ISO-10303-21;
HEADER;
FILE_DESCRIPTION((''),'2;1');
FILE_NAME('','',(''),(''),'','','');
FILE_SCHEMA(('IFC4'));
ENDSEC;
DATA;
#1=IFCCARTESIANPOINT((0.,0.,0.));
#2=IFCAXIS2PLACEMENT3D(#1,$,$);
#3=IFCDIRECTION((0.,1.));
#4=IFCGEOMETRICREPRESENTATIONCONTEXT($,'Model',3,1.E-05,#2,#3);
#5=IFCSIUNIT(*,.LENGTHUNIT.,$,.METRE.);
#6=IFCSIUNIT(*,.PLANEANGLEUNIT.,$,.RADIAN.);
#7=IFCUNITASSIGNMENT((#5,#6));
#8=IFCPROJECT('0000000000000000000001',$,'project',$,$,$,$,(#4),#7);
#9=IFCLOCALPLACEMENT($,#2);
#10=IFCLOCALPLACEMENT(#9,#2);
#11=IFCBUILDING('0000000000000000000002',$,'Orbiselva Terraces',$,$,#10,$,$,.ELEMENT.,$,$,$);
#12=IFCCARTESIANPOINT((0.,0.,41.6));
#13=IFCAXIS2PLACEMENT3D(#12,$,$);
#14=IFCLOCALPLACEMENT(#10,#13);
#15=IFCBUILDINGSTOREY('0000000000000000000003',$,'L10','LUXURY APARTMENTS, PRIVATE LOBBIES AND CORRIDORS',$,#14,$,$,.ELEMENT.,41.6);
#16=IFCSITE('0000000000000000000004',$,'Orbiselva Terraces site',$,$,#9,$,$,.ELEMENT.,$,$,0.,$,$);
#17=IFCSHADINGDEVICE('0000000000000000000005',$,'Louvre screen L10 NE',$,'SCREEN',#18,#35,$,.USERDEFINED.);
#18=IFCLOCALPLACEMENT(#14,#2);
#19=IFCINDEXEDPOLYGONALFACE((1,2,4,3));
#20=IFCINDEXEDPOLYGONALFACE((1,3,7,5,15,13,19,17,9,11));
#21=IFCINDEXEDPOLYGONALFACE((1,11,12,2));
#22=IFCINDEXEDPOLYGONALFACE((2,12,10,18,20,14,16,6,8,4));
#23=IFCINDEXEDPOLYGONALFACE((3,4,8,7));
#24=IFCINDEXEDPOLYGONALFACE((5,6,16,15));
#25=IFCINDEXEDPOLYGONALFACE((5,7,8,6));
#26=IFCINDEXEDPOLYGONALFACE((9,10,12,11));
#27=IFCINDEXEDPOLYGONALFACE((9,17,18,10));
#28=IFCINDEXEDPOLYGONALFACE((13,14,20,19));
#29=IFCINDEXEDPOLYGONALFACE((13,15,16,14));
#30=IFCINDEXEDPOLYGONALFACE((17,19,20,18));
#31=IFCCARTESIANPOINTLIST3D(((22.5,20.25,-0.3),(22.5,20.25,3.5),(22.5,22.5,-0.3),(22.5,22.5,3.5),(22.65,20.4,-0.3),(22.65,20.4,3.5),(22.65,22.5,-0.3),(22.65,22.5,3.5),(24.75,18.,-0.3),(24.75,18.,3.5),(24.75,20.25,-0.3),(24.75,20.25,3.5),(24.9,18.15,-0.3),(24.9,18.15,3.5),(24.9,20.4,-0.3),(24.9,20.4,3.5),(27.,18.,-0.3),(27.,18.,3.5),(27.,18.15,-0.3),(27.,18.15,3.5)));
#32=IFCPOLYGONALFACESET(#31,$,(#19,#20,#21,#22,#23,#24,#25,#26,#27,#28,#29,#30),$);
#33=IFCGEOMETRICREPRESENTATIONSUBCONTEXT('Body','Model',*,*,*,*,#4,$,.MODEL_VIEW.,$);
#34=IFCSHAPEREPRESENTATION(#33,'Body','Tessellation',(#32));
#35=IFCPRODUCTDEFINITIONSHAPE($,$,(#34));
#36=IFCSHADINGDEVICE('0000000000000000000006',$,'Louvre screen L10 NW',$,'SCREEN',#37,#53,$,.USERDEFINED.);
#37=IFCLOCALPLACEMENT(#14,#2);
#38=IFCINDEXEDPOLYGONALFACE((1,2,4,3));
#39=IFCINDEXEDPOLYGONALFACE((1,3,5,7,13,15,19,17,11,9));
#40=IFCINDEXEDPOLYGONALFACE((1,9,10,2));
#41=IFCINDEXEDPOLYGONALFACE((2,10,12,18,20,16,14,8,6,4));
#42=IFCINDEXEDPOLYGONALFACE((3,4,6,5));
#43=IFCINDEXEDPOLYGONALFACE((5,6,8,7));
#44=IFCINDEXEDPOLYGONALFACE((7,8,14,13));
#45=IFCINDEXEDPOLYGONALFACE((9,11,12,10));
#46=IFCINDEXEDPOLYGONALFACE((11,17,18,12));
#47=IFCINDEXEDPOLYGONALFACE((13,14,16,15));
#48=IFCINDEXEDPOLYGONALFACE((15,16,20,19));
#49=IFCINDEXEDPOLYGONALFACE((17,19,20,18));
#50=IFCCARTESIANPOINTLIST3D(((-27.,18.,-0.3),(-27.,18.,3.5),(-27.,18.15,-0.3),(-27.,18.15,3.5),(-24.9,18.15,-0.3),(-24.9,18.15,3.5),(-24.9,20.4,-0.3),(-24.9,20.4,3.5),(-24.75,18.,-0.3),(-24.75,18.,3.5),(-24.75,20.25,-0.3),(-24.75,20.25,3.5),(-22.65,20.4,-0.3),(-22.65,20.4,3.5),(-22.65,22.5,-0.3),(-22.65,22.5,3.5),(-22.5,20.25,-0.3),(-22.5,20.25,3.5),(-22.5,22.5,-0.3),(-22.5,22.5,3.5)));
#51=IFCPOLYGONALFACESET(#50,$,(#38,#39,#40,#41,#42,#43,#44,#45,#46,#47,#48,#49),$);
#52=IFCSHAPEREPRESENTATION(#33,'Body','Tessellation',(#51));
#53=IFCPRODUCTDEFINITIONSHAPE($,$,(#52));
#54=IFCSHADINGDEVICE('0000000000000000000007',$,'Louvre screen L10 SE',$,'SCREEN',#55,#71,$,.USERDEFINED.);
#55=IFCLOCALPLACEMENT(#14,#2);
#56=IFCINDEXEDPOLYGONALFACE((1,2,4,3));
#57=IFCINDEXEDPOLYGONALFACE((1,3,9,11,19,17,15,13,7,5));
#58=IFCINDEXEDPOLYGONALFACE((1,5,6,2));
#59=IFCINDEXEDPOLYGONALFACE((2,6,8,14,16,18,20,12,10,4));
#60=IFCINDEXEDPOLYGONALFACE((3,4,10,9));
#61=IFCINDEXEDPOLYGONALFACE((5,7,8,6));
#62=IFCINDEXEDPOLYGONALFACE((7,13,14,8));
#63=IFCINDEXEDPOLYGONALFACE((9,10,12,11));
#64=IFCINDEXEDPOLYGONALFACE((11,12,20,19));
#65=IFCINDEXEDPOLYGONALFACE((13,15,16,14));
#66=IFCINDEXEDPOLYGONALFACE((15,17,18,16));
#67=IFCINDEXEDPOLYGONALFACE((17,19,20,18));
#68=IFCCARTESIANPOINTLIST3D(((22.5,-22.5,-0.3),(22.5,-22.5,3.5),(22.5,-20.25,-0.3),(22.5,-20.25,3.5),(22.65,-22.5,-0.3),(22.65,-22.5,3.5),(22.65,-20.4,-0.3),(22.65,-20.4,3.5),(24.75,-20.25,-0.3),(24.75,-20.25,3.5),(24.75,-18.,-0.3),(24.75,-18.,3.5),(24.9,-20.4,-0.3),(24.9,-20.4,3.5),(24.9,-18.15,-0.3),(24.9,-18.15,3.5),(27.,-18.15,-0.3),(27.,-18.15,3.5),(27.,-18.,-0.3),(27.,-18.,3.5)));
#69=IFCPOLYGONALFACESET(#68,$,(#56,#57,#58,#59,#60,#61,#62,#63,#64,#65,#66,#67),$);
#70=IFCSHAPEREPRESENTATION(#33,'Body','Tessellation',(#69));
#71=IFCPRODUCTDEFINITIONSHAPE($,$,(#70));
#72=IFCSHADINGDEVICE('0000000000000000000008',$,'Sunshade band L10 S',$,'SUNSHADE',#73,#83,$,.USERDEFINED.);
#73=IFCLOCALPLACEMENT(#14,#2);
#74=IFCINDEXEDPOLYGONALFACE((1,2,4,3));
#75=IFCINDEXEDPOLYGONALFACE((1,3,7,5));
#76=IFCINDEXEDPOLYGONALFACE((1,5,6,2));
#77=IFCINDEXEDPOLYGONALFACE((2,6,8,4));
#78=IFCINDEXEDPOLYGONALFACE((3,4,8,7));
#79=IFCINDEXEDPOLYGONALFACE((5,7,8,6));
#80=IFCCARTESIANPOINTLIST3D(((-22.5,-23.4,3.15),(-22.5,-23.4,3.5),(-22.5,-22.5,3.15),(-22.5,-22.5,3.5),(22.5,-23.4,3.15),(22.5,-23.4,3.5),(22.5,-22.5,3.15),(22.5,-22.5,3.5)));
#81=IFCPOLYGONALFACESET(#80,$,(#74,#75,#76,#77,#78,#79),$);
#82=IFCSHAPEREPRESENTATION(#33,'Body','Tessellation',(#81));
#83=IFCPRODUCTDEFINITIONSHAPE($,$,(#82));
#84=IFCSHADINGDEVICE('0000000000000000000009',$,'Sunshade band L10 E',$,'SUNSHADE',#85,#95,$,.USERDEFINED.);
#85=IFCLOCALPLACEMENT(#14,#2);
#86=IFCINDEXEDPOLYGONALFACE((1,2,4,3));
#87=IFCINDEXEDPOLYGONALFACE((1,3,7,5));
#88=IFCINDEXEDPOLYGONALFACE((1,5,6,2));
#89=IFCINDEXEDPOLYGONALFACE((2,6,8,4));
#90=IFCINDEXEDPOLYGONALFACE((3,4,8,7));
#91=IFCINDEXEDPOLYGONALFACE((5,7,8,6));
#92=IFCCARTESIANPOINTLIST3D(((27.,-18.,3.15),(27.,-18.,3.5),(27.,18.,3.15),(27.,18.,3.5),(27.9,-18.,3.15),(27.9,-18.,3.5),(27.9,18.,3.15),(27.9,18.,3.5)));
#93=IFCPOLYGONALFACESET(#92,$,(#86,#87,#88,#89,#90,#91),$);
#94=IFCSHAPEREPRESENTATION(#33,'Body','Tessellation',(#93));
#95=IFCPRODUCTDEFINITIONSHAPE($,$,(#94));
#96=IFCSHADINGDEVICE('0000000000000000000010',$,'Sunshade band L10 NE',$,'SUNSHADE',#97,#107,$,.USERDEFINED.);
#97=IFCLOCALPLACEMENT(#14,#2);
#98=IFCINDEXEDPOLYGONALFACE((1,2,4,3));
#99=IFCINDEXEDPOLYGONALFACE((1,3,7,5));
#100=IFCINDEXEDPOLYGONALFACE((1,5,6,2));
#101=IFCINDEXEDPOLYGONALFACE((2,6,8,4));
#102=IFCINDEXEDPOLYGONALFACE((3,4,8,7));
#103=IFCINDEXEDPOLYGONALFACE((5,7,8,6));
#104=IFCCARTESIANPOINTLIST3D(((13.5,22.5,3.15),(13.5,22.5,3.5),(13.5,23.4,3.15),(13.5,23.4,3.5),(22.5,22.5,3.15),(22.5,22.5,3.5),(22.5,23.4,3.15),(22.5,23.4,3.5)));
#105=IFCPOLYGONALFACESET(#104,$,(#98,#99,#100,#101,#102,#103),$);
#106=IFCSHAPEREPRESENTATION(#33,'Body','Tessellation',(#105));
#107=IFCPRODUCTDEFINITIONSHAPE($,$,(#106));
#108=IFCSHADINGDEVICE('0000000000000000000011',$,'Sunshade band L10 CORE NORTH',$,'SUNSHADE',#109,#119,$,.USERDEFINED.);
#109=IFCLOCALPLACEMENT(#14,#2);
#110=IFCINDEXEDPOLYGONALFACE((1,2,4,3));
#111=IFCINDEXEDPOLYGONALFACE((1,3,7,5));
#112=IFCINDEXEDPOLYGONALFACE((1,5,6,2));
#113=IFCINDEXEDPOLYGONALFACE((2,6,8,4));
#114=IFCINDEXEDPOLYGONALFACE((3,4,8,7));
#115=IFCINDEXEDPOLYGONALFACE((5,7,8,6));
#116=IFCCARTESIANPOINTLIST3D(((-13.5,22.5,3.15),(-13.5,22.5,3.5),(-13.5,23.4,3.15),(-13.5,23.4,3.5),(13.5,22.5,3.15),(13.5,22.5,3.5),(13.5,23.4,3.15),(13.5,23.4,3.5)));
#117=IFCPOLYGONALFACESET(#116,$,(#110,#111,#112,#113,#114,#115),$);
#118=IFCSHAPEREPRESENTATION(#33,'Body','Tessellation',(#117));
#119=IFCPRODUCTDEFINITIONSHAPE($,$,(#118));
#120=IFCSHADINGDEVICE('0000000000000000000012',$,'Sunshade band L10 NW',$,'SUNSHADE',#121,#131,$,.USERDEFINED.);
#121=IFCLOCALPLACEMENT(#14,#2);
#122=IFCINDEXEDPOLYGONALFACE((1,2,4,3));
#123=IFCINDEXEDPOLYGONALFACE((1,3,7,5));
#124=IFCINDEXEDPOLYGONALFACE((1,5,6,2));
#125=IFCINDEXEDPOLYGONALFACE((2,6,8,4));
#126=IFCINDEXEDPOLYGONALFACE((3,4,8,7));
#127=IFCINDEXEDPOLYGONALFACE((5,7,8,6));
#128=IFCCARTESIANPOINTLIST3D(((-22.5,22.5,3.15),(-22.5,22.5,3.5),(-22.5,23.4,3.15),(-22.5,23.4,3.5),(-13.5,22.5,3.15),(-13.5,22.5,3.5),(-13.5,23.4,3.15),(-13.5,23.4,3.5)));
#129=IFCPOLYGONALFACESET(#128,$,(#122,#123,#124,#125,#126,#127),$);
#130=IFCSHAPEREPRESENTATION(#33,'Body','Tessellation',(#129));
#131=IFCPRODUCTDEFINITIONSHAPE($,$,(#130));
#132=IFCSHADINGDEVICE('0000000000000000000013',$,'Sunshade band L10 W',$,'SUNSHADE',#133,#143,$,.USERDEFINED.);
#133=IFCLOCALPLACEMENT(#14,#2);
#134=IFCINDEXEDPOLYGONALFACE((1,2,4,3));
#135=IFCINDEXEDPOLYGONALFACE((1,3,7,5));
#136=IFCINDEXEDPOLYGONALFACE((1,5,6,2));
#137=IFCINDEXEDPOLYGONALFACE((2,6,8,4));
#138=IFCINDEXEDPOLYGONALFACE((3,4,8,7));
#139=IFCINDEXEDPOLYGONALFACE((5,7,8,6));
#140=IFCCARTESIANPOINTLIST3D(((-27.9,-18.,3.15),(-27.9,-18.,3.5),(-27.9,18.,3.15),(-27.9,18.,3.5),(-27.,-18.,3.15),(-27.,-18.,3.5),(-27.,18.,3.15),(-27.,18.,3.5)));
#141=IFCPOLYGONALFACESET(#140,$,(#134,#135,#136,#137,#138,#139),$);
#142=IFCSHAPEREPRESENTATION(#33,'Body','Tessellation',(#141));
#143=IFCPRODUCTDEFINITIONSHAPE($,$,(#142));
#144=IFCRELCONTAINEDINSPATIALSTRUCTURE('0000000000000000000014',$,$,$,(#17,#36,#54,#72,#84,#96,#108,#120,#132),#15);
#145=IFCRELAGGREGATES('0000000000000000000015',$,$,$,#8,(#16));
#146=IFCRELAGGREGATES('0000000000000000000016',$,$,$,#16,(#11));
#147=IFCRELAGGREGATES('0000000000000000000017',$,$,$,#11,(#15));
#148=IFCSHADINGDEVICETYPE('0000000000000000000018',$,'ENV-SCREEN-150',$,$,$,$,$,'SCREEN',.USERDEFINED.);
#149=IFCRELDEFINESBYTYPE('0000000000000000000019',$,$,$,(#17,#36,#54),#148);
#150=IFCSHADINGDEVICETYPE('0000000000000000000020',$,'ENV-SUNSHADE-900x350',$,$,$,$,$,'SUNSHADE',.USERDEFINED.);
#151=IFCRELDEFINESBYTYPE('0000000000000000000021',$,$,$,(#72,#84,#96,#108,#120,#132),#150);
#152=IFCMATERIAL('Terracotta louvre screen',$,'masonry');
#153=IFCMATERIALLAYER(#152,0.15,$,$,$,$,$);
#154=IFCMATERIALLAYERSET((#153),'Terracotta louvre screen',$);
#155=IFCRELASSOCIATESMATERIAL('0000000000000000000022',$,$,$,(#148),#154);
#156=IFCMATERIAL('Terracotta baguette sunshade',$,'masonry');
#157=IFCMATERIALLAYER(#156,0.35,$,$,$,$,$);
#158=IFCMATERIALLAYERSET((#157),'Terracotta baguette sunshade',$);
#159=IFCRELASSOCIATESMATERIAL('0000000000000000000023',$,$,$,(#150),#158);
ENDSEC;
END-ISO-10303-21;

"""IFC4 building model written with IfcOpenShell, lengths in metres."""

from ifc_helpers import new_model, si_unit, direction, frame, origin, place, context, subcontext, project, spatial, polyline, outline, extrude, material, layer, layer_set, type_object, element, save


model = new_model("IFC4")

# Units and contexts
model_context = context("Model", 3, precision=1e-05, world=origin(), true_north=direction((0.0, 1.0)))
body_context = subcontext(model_context, "Body", "Model", "MODEL_VIEW")
ifc_project = project(units=[si_unit("LENGTHUNIT", "METRE"), si_unit("PLANEANGLEUNIT", "RADIAN")], contexts=[model_context])

# Site, building, storey
site_placement = place(None, origin())
site = spatial("IfcSite", under=ifc_project, at=site_placement, Name="Orbiselva Terraces site", CompositionType="ELEMENT", RefElevation=0.0)
building_placement = place(site_placement, origin())
building = spatial("IfcBuilding", under=site, at=building_placement, Name="Orbiselva Terraces", CompositionType="ELEMENT")
storey_placement = place(building_placement, frame((0.0, 0.0, 41.6)))
storey = spatial("IfcBuildingStorey", under=building, at=storey_placement, Name="L10", Description="LUXURY APARTMENTS, PRIVATE LOBBIES AND CORRIDORS", CompositionType="ELEMENT", Elevation=41.6)

# Shading devices
ifc_material_1 = material(Name="Terracotta louvre screen", Category="masonry")
ifc_layer_1 = layer(ifc_material_1, 0.15)
ifc_layer_set_1 = layer_set([ifc_layer_1], Name="Terracotta louvre screen")
shading_device_type_1 = type_object("IfcShadingDeviceType", Name="ENV-SCREEN-150", ElementType="SCREEN", PredefinedType="USERDEFINED", material=ifc_layer_set_1)
shading_device_1_placement = place(storey_placement, frame((0.0, 0.0, -0.3)))
element("IfcShadingDevice", 1, at=shading_device_1_placement, inside=storey, type_object=shading_device_type_1, Name="Louvre screen L10 NE", ObjectType="SCREEN", PredefinedType="USERDEFINED", context=body_context, shape_type="SweptSolid", body=[
    extrude(outline(polyline([(27.0, 18.15), (24.9, 18.15), (24.9, 20.4), (22.65, 20.4), (22.65, 22.5), (22.5, 22.5), (22.5, 20.25), (24.75, 20.25), (24.75, 18.0), (27.0, 18.0), (27.0, 18.15)])), origin(), (0.0, 0.0, 1.0), 3.8),
])
shading_device_2_placement = place(storey_placement, frame((0.0, 0.0, -0.3)))
element("IfcShadingDevice", 2, at=shading_device_2_placement, inside=storey, type_object=shading_device_type_1, Name="Louvre screen L10 NW", ObjectType="SCREEN", PredefinedType="USERDEFINED", context=body_context, shape_type="SweptSolid", body=[
    extrude(outline(polyline([(-22.65, 22.5), (-22.65, 20.4), (-24.9, 20.4), (-24.9, 18.15), (-27.0, 18.15), (-27.0, 18.0), (-24.75, 18.0), (-24.75, 20.25), (-22.5, 20.25), (-22.5, 22.5), (-22.65, 22.5)])), origin(), (0.0, 0.0, 1.0), 3.8),
])
shading_device_3_placement = place(storey_placement, frame((0.0, 0.0, -0.3)))
element("IfcShadingDevice", 3, at=shading_device_3_placement, inside=storey, type_object=shading_device_type_1, Name="Louvre screen L10 SE", ObjectType="SCREEN", PredefinedType="USERDEFINED", context=body_context, shape_type="SweptSolid", body=[
    extrude(outline(polyline([(22.65, -22.5), (22.65, -20.4), (24.9, -20.4), (24.9, -18.15), (27.0, -18.15), (27.0, -18.0), (24.75, -18.0), (24.75, -20.25), (22.5, -20.25), (22.5, -22.5), (22.65, -22.5)])), origin(), (0.0, 0.0, 1.0), 3.8),
])
ifc_material_2 = material(Name="Terracotta baguette sunshade", Category="masonry")
ifc_layer_2 = layer(ifc_material_2, 0.35)
ifc_layer_set_2 = layer_set([ifc_layer_2], Name="Terracotta baguette sunshade")
shading_device_type_2 = type_object("IfcShadingDeviceType", Name="ENV-SUNSHADE-900x350", ElementType="SUNSHADE", PredefinedType="USERDEFINED", material=ifc_layer_set_2)
shading_device_4_placement = place(storey_placement, frame((0.0, 0.0, 3.15)))
element("IfcShadingDevice", 4, at=shading_device_4_placement, inside=storey, type_object=shading_device_type_2, Name="Sunshade band L10 S", ObjectType="SUNSHADE", PredefinedType="USERDEFINED", context=body_context, shape_type="SweptSolid", body=[
    extrude(outline(polyline([(-22.5, -23.4), (22.5, -23.4), (22.5, -22.5), (-22.5, -22.5), (-22.5, -23.4)])), origin(), (0.0, 0.0, 1.0), 0.35),
])
shading_device_5_placement = place(storey_placement, frame((0.0, 0.0, 3.15)))
element("IfcShadingDevice", 5, at=shading_device_5_placement, inside=storey, type_object=shading_device_type_2, Name="Sunshade band L10 E", ObjectType="SUNSHADE", PredefinedType="USERDEFINED", context=body_context, shape_type="SweptSolid", body=[
    extrude(outline(polyline([(27.9, -18.0), (27.9, 18.0), (27.0, 18.0), (27.0, -18.0), (27.9, -18.0)])), origin(), (0.0, 0.0, 1.0), 0.35),
])
shading_device_6_placement = place(storey_placement, frame((0.0, 0.0, 3.15)))
element("IfcShadingDevice", 6, at=shading_device_6_placement, inside=storey, type_object=shading_device_type_2, Name="Sunshade band L10 NE", ObjectType="SUNSHADE", PredefinedType="USERDEFINED", context=body_context, shape_type="SweptSolid", body=[
    extrude(outline(polyline([(22.5, 23.4), (13.5, 23.4), (13.5, 22.5), (22.5, 22.5), (22.5, 23.4)])), origin(), (0.0, 0.0, 1.0), 0.35),
])
shading_device_7_placement = place(storey_placement, frame((0.0, 0.0, 3.15)))
element("IfcShadingDevice", 7, at=shading_device_7_placement, inside=storey, type_object=shading_device_type_2, Name="Sunshade band L10 CORE NORTH", ObjectType="SUNSHADE", PredefinedType="USERDEFINED", context=body_context, shape_type="SweptSolid", body=[
    extrude(outline(polyline([(13.5, 23.4), (-13.5, 23.4), (-13.5, 22.5), (13.5, 22.5), (13.5, 23.4)])), origin(), (0.0, 0.0, 1.0), 0.35),
])
shading_device_8_placement = place(storey_placement, frame((0.0, 0.0, 3.15)))
element("IfcShadingDevice", 8, at=shading_device_8_placement, inside=storey, type_object=shading_device_type_2, Name="Sunshade band L10 NW", ObjectType="SUNSHADE", PredefinedType="USERDEFINED", context=body_context, shape_type="SweptSolid", body=[
    extrude(outline(polyline([(-13.5, 23.4), (-22.5, 23.4), (-22.5, 22.5), (-13.5, 22.5), (-13.5, 23.4)])), origin(), (0.0, 0.0, 1.0), 0.35),
])
shading_device_9_placement = place(storey_placement, frame((0.0, 0.0, 3.15)))
element("IfcShadingDevice", 9, at=shading_device_9_placement, inside=storey, type_object=shading_device_type_2, Name="Sunshade band L10 W", ObjectType="SUNSHADE", PredefinedType="USERDEFINED", context=body_context, shape_type="SweptSolid", body=[
    extrude(outline(polyline([(-27.9, 18.0), (-27.9, -18.0), (-27.0, -18.0), (-27.0, 18.0), (-27.9, 18.0)])), origin(), (0.0, 0.0, 1.0), 0.35),
])

save(model, "model.ifc")
